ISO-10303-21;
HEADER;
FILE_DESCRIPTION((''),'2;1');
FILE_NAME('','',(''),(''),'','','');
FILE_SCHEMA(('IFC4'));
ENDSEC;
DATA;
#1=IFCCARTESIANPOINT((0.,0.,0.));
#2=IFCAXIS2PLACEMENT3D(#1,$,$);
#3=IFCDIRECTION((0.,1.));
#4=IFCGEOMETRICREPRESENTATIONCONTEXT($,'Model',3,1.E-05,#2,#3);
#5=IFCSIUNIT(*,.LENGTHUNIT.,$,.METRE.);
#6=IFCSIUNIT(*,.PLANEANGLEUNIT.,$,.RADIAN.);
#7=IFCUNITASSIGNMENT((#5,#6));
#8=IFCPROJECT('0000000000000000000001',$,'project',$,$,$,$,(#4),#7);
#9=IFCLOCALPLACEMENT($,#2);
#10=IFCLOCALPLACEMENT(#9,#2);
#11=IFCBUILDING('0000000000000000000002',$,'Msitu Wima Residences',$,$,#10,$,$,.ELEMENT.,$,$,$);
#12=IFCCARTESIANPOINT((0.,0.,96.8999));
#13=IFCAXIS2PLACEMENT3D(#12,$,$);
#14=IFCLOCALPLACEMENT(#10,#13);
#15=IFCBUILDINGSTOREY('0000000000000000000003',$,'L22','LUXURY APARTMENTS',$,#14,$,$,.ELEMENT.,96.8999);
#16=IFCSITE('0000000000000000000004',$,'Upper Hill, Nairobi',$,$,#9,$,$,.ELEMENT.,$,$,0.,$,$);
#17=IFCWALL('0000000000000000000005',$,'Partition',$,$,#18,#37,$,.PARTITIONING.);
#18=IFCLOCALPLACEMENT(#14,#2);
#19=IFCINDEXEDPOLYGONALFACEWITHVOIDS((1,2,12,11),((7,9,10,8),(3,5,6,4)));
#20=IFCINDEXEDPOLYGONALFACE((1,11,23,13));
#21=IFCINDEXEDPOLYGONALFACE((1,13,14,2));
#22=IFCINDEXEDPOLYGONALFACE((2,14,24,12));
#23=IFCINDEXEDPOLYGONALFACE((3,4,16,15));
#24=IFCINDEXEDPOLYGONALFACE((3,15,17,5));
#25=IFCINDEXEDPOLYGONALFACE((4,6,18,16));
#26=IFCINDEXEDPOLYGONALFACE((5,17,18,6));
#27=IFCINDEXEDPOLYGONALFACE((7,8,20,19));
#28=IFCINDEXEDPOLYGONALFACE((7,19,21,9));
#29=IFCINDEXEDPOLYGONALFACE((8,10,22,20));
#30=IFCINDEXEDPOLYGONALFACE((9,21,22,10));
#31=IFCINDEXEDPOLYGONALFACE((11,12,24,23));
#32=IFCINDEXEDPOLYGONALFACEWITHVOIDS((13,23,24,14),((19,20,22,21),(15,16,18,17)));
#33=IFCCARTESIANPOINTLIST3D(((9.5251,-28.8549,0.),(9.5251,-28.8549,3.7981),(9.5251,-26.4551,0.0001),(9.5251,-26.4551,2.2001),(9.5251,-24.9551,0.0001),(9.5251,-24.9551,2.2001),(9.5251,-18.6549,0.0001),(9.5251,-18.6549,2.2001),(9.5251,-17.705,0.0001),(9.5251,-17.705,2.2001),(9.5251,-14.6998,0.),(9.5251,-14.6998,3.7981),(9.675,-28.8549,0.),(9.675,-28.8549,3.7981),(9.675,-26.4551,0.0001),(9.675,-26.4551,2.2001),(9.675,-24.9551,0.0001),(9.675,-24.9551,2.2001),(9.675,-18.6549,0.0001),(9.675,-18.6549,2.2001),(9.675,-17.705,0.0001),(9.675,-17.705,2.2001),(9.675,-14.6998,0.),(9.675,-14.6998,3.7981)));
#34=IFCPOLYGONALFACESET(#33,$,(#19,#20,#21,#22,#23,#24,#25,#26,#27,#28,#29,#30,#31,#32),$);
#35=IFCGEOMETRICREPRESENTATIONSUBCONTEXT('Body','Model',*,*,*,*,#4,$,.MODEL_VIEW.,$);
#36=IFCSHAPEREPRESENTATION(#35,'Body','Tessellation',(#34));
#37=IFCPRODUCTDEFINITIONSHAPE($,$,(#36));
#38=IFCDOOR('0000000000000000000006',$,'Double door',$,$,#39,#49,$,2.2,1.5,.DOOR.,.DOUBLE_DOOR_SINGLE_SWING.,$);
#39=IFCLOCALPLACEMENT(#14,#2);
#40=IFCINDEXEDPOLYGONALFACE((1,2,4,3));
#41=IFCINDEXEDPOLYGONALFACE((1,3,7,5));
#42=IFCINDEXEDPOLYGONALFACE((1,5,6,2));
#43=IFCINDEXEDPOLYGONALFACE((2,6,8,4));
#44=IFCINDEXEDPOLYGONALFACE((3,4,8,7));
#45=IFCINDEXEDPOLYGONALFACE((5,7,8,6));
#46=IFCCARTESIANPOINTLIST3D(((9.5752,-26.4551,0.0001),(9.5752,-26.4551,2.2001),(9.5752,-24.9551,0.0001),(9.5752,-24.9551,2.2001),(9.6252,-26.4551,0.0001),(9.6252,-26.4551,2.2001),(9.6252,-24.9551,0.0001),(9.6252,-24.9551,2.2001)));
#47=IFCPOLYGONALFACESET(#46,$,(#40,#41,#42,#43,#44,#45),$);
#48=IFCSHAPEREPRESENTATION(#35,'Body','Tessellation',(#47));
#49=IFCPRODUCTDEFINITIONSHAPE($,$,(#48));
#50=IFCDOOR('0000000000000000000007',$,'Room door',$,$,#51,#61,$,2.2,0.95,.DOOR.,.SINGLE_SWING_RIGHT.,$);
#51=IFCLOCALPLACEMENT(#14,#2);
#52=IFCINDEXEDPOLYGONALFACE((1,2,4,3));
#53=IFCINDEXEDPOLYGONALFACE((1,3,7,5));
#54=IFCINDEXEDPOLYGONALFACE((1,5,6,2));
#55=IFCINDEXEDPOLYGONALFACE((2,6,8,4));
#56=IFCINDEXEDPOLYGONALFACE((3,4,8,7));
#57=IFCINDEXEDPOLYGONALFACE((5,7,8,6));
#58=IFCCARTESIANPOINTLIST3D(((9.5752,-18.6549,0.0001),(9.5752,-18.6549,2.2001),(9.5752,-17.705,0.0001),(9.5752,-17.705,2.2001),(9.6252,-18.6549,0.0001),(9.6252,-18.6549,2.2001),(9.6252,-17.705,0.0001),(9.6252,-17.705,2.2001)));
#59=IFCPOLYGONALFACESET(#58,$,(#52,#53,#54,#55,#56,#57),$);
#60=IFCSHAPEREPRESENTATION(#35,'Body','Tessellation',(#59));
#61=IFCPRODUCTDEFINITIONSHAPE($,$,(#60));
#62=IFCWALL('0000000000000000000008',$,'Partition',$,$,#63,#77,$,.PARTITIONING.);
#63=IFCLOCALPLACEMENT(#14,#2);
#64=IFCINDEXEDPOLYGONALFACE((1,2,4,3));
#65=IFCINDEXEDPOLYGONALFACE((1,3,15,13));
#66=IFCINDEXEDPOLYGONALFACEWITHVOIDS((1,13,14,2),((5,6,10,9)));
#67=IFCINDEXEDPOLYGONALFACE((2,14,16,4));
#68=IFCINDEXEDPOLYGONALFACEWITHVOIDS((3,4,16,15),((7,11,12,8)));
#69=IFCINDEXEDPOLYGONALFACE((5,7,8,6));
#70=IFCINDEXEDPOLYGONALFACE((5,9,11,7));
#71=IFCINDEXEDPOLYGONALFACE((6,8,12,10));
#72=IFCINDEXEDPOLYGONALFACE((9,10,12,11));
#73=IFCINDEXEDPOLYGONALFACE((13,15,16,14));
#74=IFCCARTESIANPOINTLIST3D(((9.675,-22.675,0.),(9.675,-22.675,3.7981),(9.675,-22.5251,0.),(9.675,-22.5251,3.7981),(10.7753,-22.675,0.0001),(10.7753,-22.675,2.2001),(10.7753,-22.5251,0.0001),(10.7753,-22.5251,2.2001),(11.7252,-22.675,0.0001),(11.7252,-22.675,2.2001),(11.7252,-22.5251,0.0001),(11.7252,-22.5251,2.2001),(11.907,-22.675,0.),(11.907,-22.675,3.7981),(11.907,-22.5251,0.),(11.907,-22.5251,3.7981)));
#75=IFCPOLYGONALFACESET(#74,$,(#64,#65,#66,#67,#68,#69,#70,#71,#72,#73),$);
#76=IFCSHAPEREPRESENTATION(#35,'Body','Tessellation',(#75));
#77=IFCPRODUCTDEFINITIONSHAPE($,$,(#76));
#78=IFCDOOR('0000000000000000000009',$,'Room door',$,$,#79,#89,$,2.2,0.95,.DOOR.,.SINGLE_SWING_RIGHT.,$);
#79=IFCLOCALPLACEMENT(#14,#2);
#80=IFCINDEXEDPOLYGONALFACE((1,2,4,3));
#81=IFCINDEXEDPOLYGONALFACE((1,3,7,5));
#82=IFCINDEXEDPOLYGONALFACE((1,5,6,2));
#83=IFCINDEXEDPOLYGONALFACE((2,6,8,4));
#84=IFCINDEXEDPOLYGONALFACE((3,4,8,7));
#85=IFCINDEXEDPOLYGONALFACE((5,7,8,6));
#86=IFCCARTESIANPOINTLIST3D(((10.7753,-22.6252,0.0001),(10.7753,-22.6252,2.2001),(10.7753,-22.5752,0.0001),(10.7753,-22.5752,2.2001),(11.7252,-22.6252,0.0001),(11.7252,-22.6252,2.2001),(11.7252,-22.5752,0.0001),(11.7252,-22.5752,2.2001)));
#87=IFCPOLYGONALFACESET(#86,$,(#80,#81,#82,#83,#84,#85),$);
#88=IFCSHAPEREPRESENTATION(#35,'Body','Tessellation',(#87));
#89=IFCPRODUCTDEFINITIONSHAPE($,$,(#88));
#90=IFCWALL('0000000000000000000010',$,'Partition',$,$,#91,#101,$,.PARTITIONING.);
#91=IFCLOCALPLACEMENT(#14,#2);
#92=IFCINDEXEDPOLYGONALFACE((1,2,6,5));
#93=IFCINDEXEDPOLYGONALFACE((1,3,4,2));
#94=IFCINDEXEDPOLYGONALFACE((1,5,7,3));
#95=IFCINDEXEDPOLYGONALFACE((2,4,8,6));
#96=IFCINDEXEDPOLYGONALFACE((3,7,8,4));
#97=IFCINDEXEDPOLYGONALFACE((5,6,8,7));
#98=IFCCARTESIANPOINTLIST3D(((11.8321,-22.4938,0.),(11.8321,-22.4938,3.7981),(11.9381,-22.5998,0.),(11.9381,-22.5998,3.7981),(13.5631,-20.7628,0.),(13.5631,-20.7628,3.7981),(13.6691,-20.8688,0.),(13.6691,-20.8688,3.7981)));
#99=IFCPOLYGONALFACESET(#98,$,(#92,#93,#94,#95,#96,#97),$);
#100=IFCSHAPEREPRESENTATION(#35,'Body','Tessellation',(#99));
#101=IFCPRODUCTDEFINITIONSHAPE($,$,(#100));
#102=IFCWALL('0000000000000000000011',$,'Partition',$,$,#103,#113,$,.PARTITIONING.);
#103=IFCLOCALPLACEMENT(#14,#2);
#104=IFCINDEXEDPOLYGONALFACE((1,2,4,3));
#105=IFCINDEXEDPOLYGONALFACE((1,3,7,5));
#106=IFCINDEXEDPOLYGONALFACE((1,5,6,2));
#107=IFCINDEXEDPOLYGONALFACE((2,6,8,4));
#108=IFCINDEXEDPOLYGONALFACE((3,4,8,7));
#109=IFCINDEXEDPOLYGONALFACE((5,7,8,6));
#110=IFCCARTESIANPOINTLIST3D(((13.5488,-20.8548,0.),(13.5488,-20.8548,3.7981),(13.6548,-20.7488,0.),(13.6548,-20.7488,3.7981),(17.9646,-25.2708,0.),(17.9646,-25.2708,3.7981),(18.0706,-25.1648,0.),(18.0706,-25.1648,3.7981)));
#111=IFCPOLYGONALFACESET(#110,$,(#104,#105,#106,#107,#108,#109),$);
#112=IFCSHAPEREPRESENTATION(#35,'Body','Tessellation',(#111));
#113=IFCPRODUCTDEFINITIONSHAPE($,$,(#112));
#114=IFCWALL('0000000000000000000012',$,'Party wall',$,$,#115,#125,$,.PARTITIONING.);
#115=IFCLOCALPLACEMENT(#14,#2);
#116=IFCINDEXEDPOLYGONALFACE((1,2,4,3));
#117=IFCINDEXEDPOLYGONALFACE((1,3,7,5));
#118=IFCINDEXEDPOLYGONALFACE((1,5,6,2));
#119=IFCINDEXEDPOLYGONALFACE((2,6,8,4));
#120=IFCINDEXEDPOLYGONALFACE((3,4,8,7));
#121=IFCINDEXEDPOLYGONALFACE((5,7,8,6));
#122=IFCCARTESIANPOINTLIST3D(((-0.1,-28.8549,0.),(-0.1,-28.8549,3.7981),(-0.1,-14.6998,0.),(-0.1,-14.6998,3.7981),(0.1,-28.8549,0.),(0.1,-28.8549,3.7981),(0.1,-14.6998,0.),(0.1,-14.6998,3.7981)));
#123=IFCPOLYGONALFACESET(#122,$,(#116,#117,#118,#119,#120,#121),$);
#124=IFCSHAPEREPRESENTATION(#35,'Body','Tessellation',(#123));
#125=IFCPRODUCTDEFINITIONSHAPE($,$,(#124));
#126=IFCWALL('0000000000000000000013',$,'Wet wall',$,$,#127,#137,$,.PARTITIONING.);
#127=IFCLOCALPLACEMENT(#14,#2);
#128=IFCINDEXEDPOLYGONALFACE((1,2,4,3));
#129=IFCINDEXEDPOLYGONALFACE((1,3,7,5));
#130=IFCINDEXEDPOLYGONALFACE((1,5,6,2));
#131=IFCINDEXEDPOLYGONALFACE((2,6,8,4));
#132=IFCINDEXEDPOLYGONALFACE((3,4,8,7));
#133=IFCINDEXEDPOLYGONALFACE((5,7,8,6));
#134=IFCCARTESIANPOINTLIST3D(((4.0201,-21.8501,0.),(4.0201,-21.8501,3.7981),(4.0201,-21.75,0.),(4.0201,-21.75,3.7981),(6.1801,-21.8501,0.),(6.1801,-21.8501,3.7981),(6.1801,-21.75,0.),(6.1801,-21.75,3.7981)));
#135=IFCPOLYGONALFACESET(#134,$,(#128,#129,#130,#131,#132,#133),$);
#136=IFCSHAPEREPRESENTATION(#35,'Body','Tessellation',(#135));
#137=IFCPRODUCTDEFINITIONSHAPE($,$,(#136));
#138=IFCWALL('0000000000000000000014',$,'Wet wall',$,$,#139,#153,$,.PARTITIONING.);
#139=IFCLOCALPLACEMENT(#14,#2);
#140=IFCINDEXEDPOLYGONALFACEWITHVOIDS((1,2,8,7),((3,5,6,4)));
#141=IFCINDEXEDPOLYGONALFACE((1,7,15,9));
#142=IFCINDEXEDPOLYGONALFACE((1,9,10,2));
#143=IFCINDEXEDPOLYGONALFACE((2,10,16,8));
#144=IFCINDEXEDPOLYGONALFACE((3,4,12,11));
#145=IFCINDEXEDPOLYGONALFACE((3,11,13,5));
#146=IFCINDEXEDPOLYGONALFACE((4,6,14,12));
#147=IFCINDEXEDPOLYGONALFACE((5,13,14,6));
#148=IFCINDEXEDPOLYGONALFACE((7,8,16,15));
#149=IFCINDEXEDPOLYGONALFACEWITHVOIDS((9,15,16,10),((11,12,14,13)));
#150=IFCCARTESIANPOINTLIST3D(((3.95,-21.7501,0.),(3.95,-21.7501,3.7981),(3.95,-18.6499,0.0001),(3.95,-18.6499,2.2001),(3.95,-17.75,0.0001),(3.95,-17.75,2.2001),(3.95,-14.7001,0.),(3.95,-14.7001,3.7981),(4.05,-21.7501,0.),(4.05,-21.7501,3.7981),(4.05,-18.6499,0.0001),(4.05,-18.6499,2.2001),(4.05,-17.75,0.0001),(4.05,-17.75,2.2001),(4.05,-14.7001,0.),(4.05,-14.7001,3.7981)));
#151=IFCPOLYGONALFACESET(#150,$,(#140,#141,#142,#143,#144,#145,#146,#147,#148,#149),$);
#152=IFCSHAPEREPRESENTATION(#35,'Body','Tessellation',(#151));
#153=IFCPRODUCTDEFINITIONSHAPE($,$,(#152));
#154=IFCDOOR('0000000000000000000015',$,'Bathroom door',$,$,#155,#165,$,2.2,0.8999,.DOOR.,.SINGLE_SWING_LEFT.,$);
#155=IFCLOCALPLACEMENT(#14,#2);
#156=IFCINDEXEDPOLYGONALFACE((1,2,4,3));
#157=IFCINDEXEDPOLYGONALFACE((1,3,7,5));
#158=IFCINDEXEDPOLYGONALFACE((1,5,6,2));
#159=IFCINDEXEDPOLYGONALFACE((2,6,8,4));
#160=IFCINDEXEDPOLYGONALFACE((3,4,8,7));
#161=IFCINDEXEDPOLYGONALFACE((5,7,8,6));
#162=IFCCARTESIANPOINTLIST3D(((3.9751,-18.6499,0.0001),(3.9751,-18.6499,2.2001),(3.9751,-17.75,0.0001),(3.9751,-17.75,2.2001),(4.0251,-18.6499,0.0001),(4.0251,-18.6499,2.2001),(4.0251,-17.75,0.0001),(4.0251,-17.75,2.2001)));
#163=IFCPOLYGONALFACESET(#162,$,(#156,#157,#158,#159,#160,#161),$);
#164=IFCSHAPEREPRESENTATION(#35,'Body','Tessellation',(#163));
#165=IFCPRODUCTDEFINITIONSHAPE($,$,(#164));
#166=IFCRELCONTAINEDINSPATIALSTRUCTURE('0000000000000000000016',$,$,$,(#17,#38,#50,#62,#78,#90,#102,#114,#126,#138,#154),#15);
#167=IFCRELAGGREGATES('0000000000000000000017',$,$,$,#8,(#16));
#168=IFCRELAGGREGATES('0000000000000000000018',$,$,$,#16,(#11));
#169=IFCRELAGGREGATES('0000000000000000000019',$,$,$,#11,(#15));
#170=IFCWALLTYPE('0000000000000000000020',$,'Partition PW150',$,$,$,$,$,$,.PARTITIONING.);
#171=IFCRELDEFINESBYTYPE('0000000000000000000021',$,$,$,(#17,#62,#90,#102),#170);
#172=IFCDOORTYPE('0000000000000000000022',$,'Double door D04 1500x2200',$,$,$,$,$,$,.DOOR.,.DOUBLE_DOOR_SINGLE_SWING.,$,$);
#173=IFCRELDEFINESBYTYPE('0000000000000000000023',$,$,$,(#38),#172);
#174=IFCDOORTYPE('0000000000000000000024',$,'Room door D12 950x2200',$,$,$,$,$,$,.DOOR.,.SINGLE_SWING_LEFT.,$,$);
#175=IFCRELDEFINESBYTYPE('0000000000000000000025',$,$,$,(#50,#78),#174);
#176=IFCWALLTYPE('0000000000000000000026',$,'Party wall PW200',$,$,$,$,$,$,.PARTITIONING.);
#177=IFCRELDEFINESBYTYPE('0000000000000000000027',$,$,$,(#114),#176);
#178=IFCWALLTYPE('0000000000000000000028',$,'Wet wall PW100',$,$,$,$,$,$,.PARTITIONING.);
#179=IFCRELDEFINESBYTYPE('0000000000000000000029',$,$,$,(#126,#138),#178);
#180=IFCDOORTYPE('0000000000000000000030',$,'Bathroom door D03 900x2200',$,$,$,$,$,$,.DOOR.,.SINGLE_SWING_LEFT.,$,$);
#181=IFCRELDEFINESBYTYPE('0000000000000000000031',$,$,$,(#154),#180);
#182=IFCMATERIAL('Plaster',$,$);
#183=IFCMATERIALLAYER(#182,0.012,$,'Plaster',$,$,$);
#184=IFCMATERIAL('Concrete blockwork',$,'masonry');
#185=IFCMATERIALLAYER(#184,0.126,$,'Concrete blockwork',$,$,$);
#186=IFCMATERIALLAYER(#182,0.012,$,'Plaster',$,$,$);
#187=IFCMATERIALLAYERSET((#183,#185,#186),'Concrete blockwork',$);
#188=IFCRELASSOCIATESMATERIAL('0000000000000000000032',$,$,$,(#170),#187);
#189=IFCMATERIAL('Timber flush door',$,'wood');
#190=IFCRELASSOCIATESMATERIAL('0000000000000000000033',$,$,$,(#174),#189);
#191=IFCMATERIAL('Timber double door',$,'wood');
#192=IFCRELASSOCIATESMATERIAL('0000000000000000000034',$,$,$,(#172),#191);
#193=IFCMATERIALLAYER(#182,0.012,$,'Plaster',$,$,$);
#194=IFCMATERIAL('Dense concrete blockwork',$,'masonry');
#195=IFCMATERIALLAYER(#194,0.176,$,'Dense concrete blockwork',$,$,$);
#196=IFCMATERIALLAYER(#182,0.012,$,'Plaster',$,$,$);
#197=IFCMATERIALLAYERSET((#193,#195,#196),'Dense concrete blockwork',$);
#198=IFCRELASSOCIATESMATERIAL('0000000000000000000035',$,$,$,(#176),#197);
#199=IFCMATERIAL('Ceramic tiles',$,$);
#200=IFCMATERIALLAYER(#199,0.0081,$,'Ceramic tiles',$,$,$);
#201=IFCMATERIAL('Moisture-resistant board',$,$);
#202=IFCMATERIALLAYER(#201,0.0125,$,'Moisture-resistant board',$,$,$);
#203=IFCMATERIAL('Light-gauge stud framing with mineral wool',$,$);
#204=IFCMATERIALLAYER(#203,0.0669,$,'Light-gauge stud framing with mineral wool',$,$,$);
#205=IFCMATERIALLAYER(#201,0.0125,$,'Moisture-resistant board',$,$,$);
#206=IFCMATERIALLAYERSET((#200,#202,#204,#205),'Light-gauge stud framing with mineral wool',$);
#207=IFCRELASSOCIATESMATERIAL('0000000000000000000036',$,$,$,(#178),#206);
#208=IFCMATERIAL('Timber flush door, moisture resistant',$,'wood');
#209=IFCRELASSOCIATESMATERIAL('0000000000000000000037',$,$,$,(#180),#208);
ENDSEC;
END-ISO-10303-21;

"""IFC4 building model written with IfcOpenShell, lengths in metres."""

from ifc_helpers import new_model, si_unit, direction, frame, frame_2d, origin, place, context, subcontext, project, spatial, rectangle, extrude, material, layer, layer_set, type_object, element, fill, save


model = new_model("IFC4")

# Units and contexts
model_context = context("Model", 3, precision=1e-05, world=origin(), true_north=direction((0.0, 1.0)))
body_context = subcontext(model_context, "Body", "Model", "MODEL_VIEW")
ifc_project = project(units=[si_unit("LENGTHUNIT", "METRE"), si_unit("PLANEANGLEUNIT", "RADIAN")], contexts=[model_context])

# Site, building, storey
site_placement = place(None, origin())
site = spatial("IfcSite", under=ifc_project, at=site_placement, Name="Upper Hill, Nairobi", CompositionType="ELEMENT", RefElevation=0.0)
building_placement = place(site_placement, origin())
building = spatial("IfcBuilding", under=site, at=building_placement, Name="Msitu Wima Residences", CompositionType="ELEMENT")
storey_placement = place(building_placement, frame((0.0, 0.0, 96.8999)))
storey = spatial("IfcBuildingStorey", under=building, at=storey_placement, Name="L22", Description="LUXURY APARTMENTS", CompositionType="ELEMENT", Elevation=96.8999)

# Shared definitions
ifc_material_1 = material(Name="Plaster")
ifc_layer_1 = layer(ifc_material_1, 0.012, Name="Plaster")
ifc_material_2 = material(Name="Concrete blockwork", Category="masonry")
ifc_layer_2 = layer(ifc_material_2, 0.126, Name="Concrete blockwork")
ifc_layer_3 = layer(ifc_material_1, 0.012, Name="Plaster")
ifc_layer_set_1 = layer_set([ifc_layer_1, ifc_layer_2, ifc_layer_3], Name="Concrete blockwork")
wall_type_1 = type_object("IfcWallType", Name="Partition PW150", PredefinedType="PARTITIONING", material=ifc_layer_set_1)
ifc_material_3 = material(Name="Timber flush door", Category="wood")
door_type_1 = type_object("IfcDoorType", Name="Room door D12 950x2200", OperationType="SINGLE_SWING_LEFT", PredefinedType="DOOR", material=ifc_material_3)

# Wall, openings, doors
wall_1_placement = place(storey_placement, frame((9.6001, -28.855, 0.0), z_axis=(0.0, 0.0, 1.0), x_axis=(0.0, 1.0, 0.0)))
wall_1 = element("IfcWall", 1, at=wall_1_placement, inside=storey, type_object=wall_type_1, Name="Partition", PredefinedType="PARTITIONING", context=body_context, shape_type="SweptSolid", body=[
    extrude(rectangle(XDim=14.155, YDim=0.1499, at=frame_2d((7.0776, 0.0))), origin(), (0.0, 0.0, 1.0), 3.7981),
])
opening_1_placement = place(wall_1_placement, frame((2.3999, 0.0, 0.0)))
opening_1 = element("IfcOpeningElement", 2, at=opening_1_placement, cuts=wall_1, PredefinedType="OPENING", context=body_context, shape_type="SweptSolid", body=[
    extrude(rectangle(XDim=1.5, YDim=2.2, at=frame_2d((0.75, 1.1001))), frame((0.0, 0.085, 0.0), z_axis=(0.0, -1.0, 0.0), x_axis=(1.0, 0.0, 0.0)), (0.0, 0.0, 1.0), 0.1699),
])
opening_2_placement = place(wall_1_placement, frame((10.2, 0.0, 0.0)))
opening_2 = element("IfcOpeningElement", 3, at=opening_2_placement, cuts=wall_1, PredefinedType="OPENING", context=body_context, shape_type="SweptSolid", body=[
    extrude(rectangle(XDim=0.95, YDim=2.2, at=frame_2d((0.4751, 1.1001))), frame((0.0, 0.085, 0.0), z_axis=(0.0, -1.0, 0.0), x_axis=(1.0, 0.0, 0.0)), (0.0, 0.0, 1.0), 0.1699),
])
ifc_material_4 = material(Name="Timber double door", Category="wood")
door_type_2 = type_object("IfcDoorType", Name="Double door D04 1500x2200", OperationType="DOUBLE_DOOR_SINGLE_SWING", PredefinedType="DOOR", material=ifc_material_4)
door_1_placement = place(opening_1_placement, origin())
door_1 = element("IfcDoor", 4, at=door_1_placement, inside=storey, type_object=door_type_2, Name="Double door", OperationType="DOUBLE_DOOR_SINGLE_SWING", OverallHeight=2.2, OverallWidth=1.5, PredefinedType="DOOR", context=body_context, shape_type="SweptSolid", body=[
    extrude(rectangle(XDim=1.5, YDim=2.2, at=frame_2d((0.75, 1.1001))), frame((0.0, 0.0249, 0.0), z_axis=(0.0, -1.0, 0.0), x_axis=(1.0, 0.0, 0.0)), (0.0, 0.0, 1.0), 0.05),
])
fill(opening_1, door_1)
door_2_placement = place(opening_2_placement, origin())
door_2 = element("IfcDoor", 5, at=door_2_placement, inside=storey, type_object=door_type_1, Name="Room door", OperationType="SINGLE_SWING_RIGHT", OverallHeight=2.2, OverallWidth=0.95, PredefinedType="DOOR", context=body_context, shape_type="SweptSolid", body=[
    extrude(rectangle(XDim=0.95, YDim=2.2, at=frame_2d((0.4751, 1.1001))), frame((0.0, 0.0249, 0.0), z_axis=(0.0, -1.0, 0.0), x_axis=(1.0, 0.0, 0.0)), (0.0, 0.0, 1.0), 0.05),
])
fill(opening_2, door_2)

# Wall, opening, door
wall_2_placement = place(storey_placement, frame((9.675, -22.6001, 0.0), z_axis=(0.0, 0.0, 1.0), x_axis=(1.0, 0.0, 0.0)))
wall_2 = element("IfcWall", 6, at=wall_2_placement, inside=storey, type_object=wall_type_1, Name="Partition", PredefinedType="PARTITIONING", context=body_context, shape_type="SweptSolid", body=[
    extrude(rectangle(XDim=2.2319, YDim=0.1499, at=frame_2d((1.116, 0.0))), origin(), (0.0, 0.0, 1.0), 3.7981),
])
opening_3_placement = place(wall_2_placement, frame((1.1001, 0.0, 0.0)))
opening_3 = element("IfcOpeningElement", 7, at=opening_3_placement, cuts=wall_2, PredefinedType="OPENING", context=body_context, shape_type="SweptSolid", body=[
    extrude(rectangle(XDim=0.95, YDim=2.2, at=frame_2d((0.4751, 1.1001))), frame((0.0, 0.085, 0.0), z_axis=(0.0, -1.0, 0.0), x_axis=(1.0, 0.0, 0.0)), (0.0, 0.0, 1.0), 0.1699),
])
door_3_placement = place(opening_3_placement, origin())
door_3 = element("IfcDoor", 8, at=door_3_placement, inside=storey, type_object=door_type_1, Name="Room door", OperationType="SINGLE_SWING_RIGHT", OverallHeight=2.2, OverallWidth=0.95, PredefinedType="DOOR", context=body_context, shape_type="SweptSolid", body=[
    extrude(rectangle(XDim=0.95, YDim=2.2, at=frame_2d((0.4751, 1.1001))), frame((0.0, 0.0249, 0.0), z_axis=(0.0, -1.0, 0.0), x_axis=(1.0, 0.0, 0.0)), (0.0, 0.0, 1.0), 0.05),
])
fill(opening_3, door_3)

# Walls
wall_3_placement = place(storey_placement, frame((11.885, -22.5469, 0.0), z_axis=(0.0, 0.0, 1.0), x_axis=(0.707107, 0.707107, 0.0)))
element("IfcWall", 9, at=wall_3_placement, inside=storey, type_object=wall_type_1, Name="Partition", PredefinedType="PARTITIONING", context=body_context, shape_type="SweptSolid", body=[
    extrude(rectangle(XDim=2.448, YDim=0.1499, at=frame_2d((1.2241, 0.0))), origin(), (0.0, 0.0, 1.0), 3.7981),
])
wall_4_placement = place(storey_placement, frame((13.6018, -20.8018, 0.0), z_axis=(0.0, 0.0, 1.0), x_axis=(0.707087, -0.707126, 0.0)))
element("IfcWall", 10, at=wall_4_placement, inside=storey, type_object=wall_type_1, Name="Partition", PredefinedType="PARTITIONING", context=body_context, shape_type="SweptSolid", body=[
    extrude(rectangle(XDim=6.2451, YDim=0.1499, at=frame_2d((3.1226, 0.0))), origin(), (0.0, 0.0, 1.0), 3.7981),
])
ifc_layer_4 = layer(ifc_material_1, 0.012, Name="Plaster")
ifc_material_5 = material(Name="Dense concrete blockwork", Category="masonry")
ifc_layer_5 = layer(ifc_material_5, 0.176, Name="Dense concrete blockwork")
ifc_layer_6 = layer(ifc_material_1, 0.012, Name="Plaster")
ifc_layer_set_2 = layer_set([ifc_layer_4, ifc_layer_5, ifc_layer_6], Name="Dense concrete blockwork")
wall_type_2 = type_object("IfcWallType", Name="Party wall PW200", PredefinedType="PARTITIONING", material=ifc_layer_set_2)
wall_5_placement = place(storey_placement, frame((0.0, -28.855, 0.0), z_axis=(0.0, 0.0, 1.0), x_axis=(0.0, 1.0, 0.0)))
element("IfcWall", 11, at=wall_5_placement, inside=storey, type_object=wall_type_2, Name="Party wall", PredefinedType="PARTITIONING", context=body_context, shape_type="SweptSolid", body=[
    extrude(rectangle(XDim=14.155, YDim=0.2, at=frame_2d((7.0776, 0.0))), origin(), (0.0, 0.0, 1.0), 3.7981),
])
ifc_material_6 = material(Name="Ceramic tiles")
ifc_layer_7 = layer(ifc_material_6, 0.0081, Name="Ceramic tiles")
ifc_material_7 = material(Name="Moisture-resistant board")
ifc_layer_8 = layer(ifc_material_7, 0.0125, Name="Moisture-resistant board")
ifc_material_8 = material(Name="Light-gauge stud framing with mineral wool")
ifc_layer_9 = layer(ifc_material_8, 0.0669, Name="Light-gauge stud framing with mineral wool")
ifc_layer_10 = layer(ifc_material_7, 0.0125, Name="Moisture-resistant board")
ifc_layer_set_3 = layer_set([ifc_layer_7, ifc_layer_8, ifc_layer_9, ifc_layer_10], Name="Light-gauge stud framing with mineral wool")
wall_type_3 = type_object("IfcWallType", Name="Wet wall PW100", PredefinedType="PARTITIONING", material=ifc_layer_set_3)
wall_6_placement = place(storey_placement, frame((4.02, -21.8, 0.0), z_axis=(0.0, 0.0, 1.0), x_axis=(1.0, 0.0, 0.0)))
element("IfcWall", 12, at=wall_6_placement, inside=storey, type_object=wall_type_3, Name="Wet wall", PredefinedType="PARTITIONING", context=body_context, shape_type="SweptSolid", body=[
    extrude(rectangle(XDim=2.1599, YDim=0.1001, at=frame_2d((1.0801, 0.0))), origin(), (0.0, 0.0, 1.0), 3.7981),
])

# Wall, opening, door
wall_7_placement = place(storey_placement, frame((4.0, -21.75, 0.0), z_axis=(0.0, 0.0, 1.0), x_axis=(0.0, 1.0, 0.0)))
wall_7 = element("IfcWall", 13, at=wall_7_placement, inside=storey, type_object=wall_type_3, Name="Wet wall", PredefinedType="PARTITIONING", context=body_context, shape_type="SweptSolid", body=[
    extrude(rectangle(XDim=7.05, YDim=0.1001, at=frame_2d((3.5249, 0.0))), origin(), (0.0, 0.0, 1.0), 3.7981),
])
opening_4_placement = place(wall_7_placement, frame((3.1001, 0.0, 0.0)))
opening_4 = element("IfcOpeningElement", 14, at=opening_4_placement, cuts=wall_7, PredefinedType="OPENING", context=body_context, shape_type="SweptSolid", body=[
    extrude(rectangle(XDim=0.8999, YDim=2.2, at=frame_2d((0.45, 1.1001))), frame((0.0, 0.0601, 0.0), z_axis=(0.0, -1.0, 0.0), x_axis=(1.0, 0.0, 0.0)), (0.0, 0.0, 1.0), 0.1201),
])
ifc_material_9 = material(Name="Timber flush door, moisture resistant", Category="wood")
door_type_3 = type_object("IfcDoorType", Name="Bathroom door D03 900x2200", OperationType="SINGLE_SWING_LEFT", PredefinedType="DOOR", material=ifc_material_9)
door_4_placement = place(opening_4_placement, origin())
door_4 = element("IfcDoor", 15, at=door_4_placement, inside=storey, type_object=door_type_3, Name="Bathroom door", OperationType="SINGLE_SWING_LEFT", OverallHeight=2.2, OverallWidth=0.8999, PredefinedType="DOOR", context=body_context, shape_type="SweptSolid", body=[
    extrude(rectangle(XDim=0.8999, YDim=2.2, at=frame_2d((0.45, 1.1001))), frame((0.0, 0.0249, 0.0), z_axis=(0.0, -1.0, 0.0), x_axis=(1.0, 0.0, 0.0)), (0.0, 0.0, 1.0), 0.05),
])
fill(opening_4, door_4)

save(model, "model.ifc")
